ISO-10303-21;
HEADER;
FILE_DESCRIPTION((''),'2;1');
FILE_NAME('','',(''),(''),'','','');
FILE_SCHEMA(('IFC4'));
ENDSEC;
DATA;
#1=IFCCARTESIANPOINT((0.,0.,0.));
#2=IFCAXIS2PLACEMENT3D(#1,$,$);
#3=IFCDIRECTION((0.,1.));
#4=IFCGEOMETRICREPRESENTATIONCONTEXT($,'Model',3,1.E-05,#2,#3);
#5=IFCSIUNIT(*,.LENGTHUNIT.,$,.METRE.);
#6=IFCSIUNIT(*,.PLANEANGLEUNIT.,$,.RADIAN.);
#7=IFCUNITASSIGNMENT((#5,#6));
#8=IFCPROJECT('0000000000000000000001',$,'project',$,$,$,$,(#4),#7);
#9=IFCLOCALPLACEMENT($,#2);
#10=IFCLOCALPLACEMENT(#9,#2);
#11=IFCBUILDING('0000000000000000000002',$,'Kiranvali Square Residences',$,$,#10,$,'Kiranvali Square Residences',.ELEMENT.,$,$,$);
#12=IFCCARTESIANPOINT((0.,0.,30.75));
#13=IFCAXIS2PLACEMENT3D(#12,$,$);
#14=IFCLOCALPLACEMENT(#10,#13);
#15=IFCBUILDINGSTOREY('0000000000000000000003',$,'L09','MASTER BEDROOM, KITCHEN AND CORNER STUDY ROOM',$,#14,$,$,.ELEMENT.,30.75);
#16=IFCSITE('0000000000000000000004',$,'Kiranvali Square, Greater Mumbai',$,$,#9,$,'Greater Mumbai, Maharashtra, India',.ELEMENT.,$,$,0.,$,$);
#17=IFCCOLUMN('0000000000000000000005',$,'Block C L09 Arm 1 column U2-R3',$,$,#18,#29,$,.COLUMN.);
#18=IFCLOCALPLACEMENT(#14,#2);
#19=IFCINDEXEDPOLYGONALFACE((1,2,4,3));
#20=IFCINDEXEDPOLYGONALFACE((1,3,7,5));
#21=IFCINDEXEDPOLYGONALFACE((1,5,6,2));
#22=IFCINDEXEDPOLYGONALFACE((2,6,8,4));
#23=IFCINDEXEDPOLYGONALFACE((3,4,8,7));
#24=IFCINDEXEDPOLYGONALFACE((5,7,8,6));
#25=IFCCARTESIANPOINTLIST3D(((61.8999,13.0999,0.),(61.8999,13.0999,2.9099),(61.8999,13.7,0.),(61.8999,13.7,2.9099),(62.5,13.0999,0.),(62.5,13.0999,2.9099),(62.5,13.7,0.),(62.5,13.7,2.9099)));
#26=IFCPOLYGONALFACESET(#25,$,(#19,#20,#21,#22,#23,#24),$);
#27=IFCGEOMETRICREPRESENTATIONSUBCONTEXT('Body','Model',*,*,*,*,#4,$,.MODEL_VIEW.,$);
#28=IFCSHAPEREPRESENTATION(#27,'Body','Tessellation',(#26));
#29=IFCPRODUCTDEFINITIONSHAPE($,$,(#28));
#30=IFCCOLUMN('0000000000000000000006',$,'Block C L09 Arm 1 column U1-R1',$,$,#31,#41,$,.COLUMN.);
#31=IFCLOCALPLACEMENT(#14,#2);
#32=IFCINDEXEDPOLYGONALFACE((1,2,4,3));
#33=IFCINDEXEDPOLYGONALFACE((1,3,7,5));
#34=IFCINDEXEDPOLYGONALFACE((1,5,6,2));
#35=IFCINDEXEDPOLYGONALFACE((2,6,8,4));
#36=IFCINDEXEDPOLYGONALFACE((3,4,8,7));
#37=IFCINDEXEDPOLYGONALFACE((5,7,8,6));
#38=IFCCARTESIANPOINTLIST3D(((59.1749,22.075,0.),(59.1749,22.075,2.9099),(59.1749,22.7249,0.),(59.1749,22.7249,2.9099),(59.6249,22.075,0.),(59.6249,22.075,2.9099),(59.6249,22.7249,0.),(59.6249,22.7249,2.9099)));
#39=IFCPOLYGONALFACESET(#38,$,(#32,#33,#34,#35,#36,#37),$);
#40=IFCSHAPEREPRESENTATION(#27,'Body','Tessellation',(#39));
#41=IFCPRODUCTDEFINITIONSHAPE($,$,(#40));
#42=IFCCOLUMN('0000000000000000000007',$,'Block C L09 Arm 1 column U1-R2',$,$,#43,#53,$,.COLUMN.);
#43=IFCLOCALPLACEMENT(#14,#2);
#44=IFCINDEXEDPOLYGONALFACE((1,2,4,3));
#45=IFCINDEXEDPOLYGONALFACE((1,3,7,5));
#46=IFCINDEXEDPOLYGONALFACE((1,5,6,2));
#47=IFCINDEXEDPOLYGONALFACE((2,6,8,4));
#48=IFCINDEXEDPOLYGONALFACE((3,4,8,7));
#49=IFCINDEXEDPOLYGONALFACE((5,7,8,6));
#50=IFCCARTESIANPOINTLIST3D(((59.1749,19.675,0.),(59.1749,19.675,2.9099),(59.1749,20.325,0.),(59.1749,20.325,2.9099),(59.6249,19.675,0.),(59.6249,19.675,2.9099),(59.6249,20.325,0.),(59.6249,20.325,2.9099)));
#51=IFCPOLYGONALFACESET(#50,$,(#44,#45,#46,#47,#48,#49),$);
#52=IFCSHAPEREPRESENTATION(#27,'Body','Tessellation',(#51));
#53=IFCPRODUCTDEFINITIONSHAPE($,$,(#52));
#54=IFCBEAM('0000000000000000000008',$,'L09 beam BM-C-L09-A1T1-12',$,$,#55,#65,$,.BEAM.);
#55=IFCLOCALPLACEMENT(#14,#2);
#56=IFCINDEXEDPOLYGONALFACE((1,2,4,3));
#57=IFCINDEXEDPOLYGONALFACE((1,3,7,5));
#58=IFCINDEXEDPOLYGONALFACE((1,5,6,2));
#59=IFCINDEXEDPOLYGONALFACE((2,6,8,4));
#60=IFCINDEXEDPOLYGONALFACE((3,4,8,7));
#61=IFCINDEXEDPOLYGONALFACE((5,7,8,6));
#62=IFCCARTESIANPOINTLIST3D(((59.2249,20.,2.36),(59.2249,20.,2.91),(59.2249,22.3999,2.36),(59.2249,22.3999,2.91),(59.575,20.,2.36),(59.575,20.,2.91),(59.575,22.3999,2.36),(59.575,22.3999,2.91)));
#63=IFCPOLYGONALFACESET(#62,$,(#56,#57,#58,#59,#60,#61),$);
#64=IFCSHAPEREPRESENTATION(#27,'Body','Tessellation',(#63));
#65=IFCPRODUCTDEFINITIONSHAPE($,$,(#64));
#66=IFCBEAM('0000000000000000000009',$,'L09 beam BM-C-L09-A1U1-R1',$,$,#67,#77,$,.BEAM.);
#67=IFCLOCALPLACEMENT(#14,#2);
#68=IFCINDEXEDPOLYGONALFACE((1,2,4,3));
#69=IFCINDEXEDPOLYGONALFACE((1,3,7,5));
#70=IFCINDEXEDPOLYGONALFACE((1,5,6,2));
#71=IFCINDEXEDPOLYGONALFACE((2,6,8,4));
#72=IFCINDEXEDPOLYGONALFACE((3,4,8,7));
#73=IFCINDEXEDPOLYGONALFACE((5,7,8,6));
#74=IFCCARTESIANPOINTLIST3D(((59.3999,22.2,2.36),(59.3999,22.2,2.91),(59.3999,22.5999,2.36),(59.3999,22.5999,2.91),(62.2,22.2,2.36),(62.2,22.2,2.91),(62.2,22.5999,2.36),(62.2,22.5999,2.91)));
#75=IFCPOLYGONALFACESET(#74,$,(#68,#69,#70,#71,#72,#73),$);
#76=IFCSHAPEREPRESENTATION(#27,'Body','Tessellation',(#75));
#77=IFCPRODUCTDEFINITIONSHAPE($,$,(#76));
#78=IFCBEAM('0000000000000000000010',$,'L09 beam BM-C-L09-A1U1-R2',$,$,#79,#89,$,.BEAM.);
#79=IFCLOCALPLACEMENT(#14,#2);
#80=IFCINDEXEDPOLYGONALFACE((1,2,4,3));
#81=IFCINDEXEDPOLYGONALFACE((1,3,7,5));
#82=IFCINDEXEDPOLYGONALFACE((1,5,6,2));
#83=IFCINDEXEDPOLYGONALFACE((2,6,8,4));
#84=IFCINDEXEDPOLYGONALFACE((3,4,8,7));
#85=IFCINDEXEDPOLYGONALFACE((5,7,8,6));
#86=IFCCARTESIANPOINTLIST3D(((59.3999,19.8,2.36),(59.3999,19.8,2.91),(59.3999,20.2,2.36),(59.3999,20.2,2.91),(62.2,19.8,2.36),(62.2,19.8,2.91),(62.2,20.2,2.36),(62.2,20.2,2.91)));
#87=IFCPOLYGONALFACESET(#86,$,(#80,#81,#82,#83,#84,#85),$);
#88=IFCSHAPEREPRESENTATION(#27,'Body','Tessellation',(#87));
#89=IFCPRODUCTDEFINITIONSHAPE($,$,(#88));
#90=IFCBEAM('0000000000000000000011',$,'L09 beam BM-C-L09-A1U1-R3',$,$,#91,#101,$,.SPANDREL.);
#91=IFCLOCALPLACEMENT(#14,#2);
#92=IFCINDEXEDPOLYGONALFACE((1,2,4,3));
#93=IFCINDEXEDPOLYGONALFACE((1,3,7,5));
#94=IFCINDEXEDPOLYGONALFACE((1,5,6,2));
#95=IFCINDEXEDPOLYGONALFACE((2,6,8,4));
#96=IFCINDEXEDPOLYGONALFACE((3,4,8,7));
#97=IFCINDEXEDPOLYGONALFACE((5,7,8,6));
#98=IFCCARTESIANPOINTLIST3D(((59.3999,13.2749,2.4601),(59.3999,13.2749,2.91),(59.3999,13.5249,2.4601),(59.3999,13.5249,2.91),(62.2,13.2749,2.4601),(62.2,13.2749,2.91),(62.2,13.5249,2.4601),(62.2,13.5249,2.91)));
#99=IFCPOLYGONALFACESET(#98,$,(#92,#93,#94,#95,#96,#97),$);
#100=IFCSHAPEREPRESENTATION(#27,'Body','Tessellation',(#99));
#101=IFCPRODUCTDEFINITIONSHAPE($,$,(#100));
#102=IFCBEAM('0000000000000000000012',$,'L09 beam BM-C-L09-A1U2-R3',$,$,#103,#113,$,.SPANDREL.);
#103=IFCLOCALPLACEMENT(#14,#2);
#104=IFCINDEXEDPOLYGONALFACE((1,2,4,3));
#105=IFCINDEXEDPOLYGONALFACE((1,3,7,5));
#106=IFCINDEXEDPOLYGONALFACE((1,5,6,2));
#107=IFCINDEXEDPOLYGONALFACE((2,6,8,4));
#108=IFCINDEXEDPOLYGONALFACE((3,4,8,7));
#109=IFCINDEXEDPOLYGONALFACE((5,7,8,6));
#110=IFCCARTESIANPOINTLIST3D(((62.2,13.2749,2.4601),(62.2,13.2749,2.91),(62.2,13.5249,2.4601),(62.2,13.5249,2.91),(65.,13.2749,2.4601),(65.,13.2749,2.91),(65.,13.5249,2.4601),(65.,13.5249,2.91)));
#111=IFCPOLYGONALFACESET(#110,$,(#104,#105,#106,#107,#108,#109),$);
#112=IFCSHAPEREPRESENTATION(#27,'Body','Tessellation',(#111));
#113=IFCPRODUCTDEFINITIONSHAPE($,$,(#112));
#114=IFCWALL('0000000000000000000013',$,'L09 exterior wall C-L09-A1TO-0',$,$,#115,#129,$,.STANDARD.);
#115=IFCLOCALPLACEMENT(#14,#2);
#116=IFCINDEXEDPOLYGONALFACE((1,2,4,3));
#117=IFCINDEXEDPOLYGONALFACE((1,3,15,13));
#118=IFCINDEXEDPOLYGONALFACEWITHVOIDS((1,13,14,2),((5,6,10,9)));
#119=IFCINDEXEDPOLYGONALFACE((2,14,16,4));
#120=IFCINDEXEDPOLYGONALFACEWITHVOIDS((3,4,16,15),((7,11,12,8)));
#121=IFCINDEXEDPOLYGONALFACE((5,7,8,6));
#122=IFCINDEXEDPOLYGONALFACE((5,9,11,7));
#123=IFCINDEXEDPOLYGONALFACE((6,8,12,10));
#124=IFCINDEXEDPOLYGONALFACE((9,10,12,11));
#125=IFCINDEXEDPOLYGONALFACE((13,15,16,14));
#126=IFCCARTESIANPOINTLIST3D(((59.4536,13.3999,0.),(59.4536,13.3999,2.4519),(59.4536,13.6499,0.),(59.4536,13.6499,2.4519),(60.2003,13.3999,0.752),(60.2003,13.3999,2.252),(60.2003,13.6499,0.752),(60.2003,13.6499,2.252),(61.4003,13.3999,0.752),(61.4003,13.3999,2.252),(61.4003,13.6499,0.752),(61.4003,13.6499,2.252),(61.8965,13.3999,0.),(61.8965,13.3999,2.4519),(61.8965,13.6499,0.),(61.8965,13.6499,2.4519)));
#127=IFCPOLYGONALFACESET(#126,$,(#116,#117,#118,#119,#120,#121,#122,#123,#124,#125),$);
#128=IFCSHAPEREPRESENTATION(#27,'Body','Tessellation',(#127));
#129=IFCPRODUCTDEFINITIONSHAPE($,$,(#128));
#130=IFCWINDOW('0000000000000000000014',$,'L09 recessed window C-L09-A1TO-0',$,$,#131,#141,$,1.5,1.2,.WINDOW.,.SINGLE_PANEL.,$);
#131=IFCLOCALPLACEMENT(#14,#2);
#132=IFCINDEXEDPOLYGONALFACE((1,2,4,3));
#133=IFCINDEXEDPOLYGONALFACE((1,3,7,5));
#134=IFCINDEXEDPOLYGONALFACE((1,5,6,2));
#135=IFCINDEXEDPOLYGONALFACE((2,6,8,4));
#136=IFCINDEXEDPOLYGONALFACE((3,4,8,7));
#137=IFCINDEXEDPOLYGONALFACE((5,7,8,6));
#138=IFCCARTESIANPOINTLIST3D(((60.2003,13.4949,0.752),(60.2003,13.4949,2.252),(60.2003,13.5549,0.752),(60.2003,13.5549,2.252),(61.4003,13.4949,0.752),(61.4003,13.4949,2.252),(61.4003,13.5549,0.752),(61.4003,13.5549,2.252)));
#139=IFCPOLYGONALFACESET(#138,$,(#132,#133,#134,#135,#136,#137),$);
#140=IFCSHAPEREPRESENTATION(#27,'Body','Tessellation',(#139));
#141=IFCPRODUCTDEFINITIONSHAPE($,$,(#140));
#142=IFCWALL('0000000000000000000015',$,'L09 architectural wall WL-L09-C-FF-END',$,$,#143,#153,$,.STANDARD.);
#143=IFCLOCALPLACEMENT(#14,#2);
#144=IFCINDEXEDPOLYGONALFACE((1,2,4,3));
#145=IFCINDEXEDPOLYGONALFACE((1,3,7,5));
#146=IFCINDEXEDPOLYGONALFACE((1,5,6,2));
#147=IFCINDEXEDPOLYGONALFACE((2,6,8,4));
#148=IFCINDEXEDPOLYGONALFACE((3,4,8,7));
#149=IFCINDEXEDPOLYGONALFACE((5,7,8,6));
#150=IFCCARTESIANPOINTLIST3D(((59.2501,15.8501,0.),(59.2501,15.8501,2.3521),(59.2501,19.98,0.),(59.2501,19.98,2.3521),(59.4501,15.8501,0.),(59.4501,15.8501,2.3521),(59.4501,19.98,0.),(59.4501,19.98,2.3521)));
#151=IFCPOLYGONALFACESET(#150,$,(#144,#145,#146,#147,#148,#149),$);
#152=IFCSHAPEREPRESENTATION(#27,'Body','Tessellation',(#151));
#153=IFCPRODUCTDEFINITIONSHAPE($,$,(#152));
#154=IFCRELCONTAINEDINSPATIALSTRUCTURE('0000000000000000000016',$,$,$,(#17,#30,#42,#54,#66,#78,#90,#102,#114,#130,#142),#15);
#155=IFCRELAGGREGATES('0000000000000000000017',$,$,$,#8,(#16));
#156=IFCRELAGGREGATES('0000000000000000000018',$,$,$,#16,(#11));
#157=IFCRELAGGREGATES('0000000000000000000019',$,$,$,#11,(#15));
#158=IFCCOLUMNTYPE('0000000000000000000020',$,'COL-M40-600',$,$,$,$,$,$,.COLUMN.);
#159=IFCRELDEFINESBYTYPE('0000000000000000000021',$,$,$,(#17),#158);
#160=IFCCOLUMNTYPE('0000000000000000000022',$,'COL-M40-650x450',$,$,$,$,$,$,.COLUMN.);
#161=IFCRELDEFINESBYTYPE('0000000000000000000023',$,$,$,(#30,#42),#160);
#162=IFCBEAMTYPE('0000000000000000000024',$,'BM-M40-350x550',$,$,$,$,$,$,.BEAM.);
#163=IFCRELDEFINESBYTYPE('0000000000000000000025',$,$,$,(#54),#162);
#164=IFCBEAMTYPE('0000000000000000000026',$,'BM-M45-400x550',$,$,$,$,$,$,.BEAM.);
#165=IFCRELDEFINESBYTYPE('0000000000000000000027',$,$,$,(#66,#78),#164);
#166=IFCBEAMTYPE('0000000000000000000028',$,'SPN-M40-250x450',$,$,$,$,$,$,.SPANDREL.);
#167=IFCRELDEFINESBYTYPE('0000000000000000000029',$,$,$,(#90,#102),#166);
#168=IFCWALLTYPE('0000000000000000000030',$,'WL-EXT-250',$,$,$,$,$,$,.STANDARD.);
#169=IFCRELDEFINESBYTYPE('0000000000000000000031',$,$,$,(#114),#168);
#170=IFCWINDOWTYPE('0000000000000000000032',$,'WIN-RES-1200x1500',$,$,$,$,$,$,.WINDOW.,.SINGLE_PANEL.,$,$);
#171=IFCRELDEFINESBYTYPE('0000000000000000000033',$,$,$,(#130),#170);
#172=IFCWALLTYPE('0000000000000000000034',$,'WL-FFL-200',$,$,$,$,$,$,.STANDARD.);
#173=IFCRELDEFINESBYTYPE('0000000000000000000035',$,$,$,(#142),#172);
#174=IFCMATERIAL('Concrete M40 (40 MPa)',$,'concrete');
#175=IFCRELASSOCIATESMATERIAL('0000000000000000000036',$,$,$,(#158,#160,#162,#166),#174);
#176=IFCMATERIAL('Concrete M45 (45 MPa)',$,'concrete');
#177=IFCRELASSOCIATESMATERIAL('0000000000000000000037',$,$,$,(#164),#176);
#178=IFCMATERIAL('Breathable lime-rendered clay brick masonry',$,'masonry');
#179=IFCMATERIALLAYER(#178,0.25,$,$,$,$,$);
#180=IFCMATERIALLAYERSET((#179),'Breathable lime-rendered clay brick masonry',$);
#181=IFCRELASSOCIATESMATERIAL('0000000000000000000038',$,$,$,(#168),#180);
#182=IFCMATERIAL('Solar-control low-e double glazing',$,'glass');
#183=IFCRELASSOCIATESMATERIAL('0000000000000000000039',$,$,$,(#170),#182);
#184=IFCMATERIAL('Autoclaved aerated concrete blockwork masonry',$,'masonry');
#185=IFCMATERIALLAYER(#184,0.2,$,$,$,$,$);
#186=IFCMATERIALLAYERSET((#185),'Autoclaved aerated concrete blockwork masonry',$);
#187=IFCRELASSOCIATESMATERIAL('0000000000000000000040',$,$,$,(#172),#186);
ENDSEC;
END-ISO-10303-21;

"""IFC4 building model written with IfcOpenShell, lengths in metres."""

from ifc_helpers import new_model, si_unit, direction, frame, frame_2d, origin, origin_2d, place, context, subcontext, project, spatial, rectangle, extrude, material, layer, layer_set, material_profile, profile_set, type_object, element, fill, save


model = new_model("IFC4")

# Units and contexts
model_context = context("Model", 3, precision=1e-05, world=origin(), true_north=direction((0.0, 1.0)))
body_context = subcontext(model_context, "Body", "Model", "MODEL_VIEW")
ifc_project = project(units=[si_unit("LENGTHUNIT", "METRE"), si_unit("PLANEANGLEUNIT", "RADIAN")], contexts=[model_context])

# Site, building, storey
site_placement = place(None, origin())
site = spatial("IfcSite", under=ifc_project, at=site_placement, Name="Kiranvali Square, Greater Mumbai", LongName="Greater Mumbai, Maharashtra, India", CompositionType="ELEMENT", RefElevation=0.0)
building_placement = place(site_placement, origin())
building = spatial("IfcBuilding", under=site, at=building_placement, Name="Kiranvali Square Residences", LongName="Kiranvali Square Residences", CompositionType="ELEMENT")
storey_placement = place(building_placement, frame((0.0, 0.0, 30.75)))
storey = spatial("IfcBuildingStorey", under=building, at=storey_placement, Name="L09", Description="MASTER BEDROOM, KITCHEN AND CORNER STUDY ROOM", CompositionType="ELEMENT", Elevation=30.75)

# Columns
ifc_material_1 = material(Name="Concrete M40 (40 MPa)", Category="concrete")
ifc_material_profile_1 = material_profile(ifc_material_1, rectangle(XDim=0.6001, YDim=0.6001, at=origin_2d()), Name="RC 600x600")
ifc_profile_set_1 = profile_set([ifc_material_profile_1], Name="Concrete M40 (40 MPa)")
column_type_1 = type_object("IfcColumnType", Name="COL-M40-600", PredefinedType="COLUMN", material=ifc_profile_set_1)
column_placement = place(storey_placement, frame((62.2, 13.3999, 0.0), z_axis=(0.0, 0.0, 1.0), x_axis=(1.0, 0.0, 0.0)))
element("IfcColumn", 1, at=column_placement, inside=storey, type_object=column_type_1, Name="Block C L09 Arm 1 column U2-R3", PredefinedType="COLUMN", context=body_context, shape_type="SweptSolid", body=[
    extrude(rectangle(XDim=0.6001, YDim=0.6001, at=origin_2d()), origin(), (0.0, 0.0, 1.0), 2.9099),
])
ifc_material_profile_2 = material_profile(ifc_material_1, rectangle(XDim=0.45, YDim=0.6499, at=origin_2d()), Name="RC 650x450")
ifc_profile_set_2 = profile_set([ifc_material_profile_2], Name="Concrete M40 (40 MPa)")
column_type_2 = type_object("IfcColumnType", Name="COL-M40-650x450", PredefinedType="COLUMN", material=ifc_profile_set_2)
for number, where, z_axis, x_axis, name in (
    (2, (59.3999, 22.3999, 0.0), (0.0, 0.0, 1.0), (1.0, 0.0, 0.0), "Block C L09 Arm 1 column U1-R1"),
    (3, (59.3999, 20.0, 0.0), (0.0, 0.0, 1.0), (1.0, 0.0, 0.0), "Block C L09 Arm 1 column U1-R2"),
):
    element("IfcColumn", number, at=place(storey_placement, frame(where, z_axis=z_axis, x_axis=x_axis)), inside=storey, type_object=column_type_2, Name=name, PredefinedType="COLUMN", context=body_context, shape_type="SweptSolid", body=[
        extrude(rectangle(XDim=0.45, YDim=0.6499, at=origin_2d()), origin(), (0.0, 0.0, 1.0), 2.9099),
    ])

# Beams
ifc_material_profile_3 = material_profile(ifc_material_1, rectangle(XDim=0.3501, YDim=0.55, at=origin_2d()), Name="RC 350x550")
ifc_profile_set_3 = profile_set([ifc_material_profile_3], Name="Concrete M40 (40 MPa)")
beam_type_1 = type_object("IfcBeamType", Name="BM-M40-350x550", PredefinedType="BEAM", material=ifc_profile_set_3)
beam_placement = place(storey_placement, frame((59.3999, 22.3999, 2.635), z_axis=(0.0, -1.0, 0.0), x_axis=(1.0, 0.0, 0.0)))
element("IfcBeam", 4, at=beam_placement, inside=storey, type_object=beam_type_1, Name="L09 beam BM-C-L09-A1T1-12", PredefinedType="BEAM", context=body_context, shape_type="SweptSolid", body=[
    extrude(rectangle(XDim=0.3501, YDim=0.55, at=origin_2d()), origin(), (0.0, 0.0, 1.0), 2.3999),
])
ifc_material_2 = material(Name="Concrete M45 (45 MPa)", Category="concrete")
ifc_material_profile_4 = material_profile(ifc_material_2, rectangle(XDim=0.3999, YDim=0.55, at=origin_2d()), Name="RC 400x550")
ifc_profile_set_4 = profile_set([ifc_material_profile_4], Name="Concrete M45 (45 MPa)")
beam_type_2 = type_object("IfcBeamType", Name="BM-M45-400x550", PredefinedType="BEAM", material=ifc_profile_set_4)
for number, where, z_axis, x_axis, name in (
    (5, (59.3999, 22.3999, 2.635), (1.0, 0.0, 0.0), (0.0, 1.0, 0.0), "L09 beam BM-C-L09-A1U1-R1"),
    (6, (59.3999, 20.0, 2.635), (1.0, 0.0, 0.0), (0.0, 1.0, 0.0), "L09 beam BM-C-L09-A1U1-R2"),
):
    element("IfcBeam", number, at=place(storey_placement, frame(where, z_axis=z_axis, x_axis=x_axis)), inside=storey, type_object=beam_type_2, Name=name, PredefinedType="BEAM", context=body_context, shape_type="SweptSolid", body=[
        extrude(rectangle(XDim=0.3999, YDim=0.55, at=origin_2d()), origin(), (0.0, 0.0, 1.0), 2.8),
    ])
ifc_material_profile_5 = material_profile(ifc_material_1, rectangle(XDim=0.25, YDim=0.45, at=origin_2d()), Name="RC 250x450")
ifc_profile_set_5 = profile_set([ifc_material_profile_5], Name="Concrete M40 (40 MPa)")
beam_type_3 = type_object("IfcBeamType", Name="SPN-M40-250x450", PredefinedType="SPANDREL", material=ifc_profile_set_5)
for number, where, z_axis, x_axis, name in (
    (7, (59.3999, 13.3999, 2.6851), (1.0, 0.0, 0.0), (0.0, 1.0, 0.0), "L09 beam BM-C-L09-A1U1-R3"),
    (8, (62.2, 13.3999, 2.6851), (1.0, 0.0, 0.0), (0.0, 1.0, 0.0), "L09 beam BM-C-L09-A1U2-R3"),
):
    element("IfcBeam", number, at=place(storey_placement, frame(where, z_axis=z_axis, x_axis=x_axis)), inside=storey, type_object=beam_type_3, Name=name, PredefinedType="SPANDREL", context=body_context, shape_type="SweptSolid", body=[
        extrude(rectangle(XDim=0.25, YDim=0.45, at=origin_2d()), origin(), (0.0, 0.0, 1.0), 2.8),
    ])

# Shared definitions
ifc_material_3 = material(Name="Autoclaved aerated concrete blockwork masonry", Category="masonry")

# Wall, opening, window
ifc_material_4 = material(Name="Breathable lime-rendered clay brick masonry", Category="masonry")
ifc_layer_1 = layer(ifc_material_4, 0.25)
ifc_layer_set_1 = layer_set([ifc_layer_1], Name="Breathable lime-rendered clay brick masonry")
wall_type_1 = type_object("IfcWallType", Name="WL-EXT-250", PredefinedType="STANDARD", material=ifc_layer_set_1)
wall_1_placement = place(storey_placement, frame((59.4536, 13.5249, 0.0), z_axis=(0.0, 0.0, 1.0), x_axis=(1.0, 0.0, 0.0)))
wall_1 = element("IfcWall", 9, at=wall_1_placement, inside=storey, type_object=wall_type_1, Name="L09 exterior wall C-L09-A1TO-0", PredefinedType="STANDARD", context=body_context, shape_type="SweptSolid", body=[
    extrude(rectangle(XDim=2.4429, YDim=0.25, at=frame_2d((1.2214, 0.0))), origin(), (0.0, 0.0, 1.0), 2.4519),
])
opening_1_placement = place(wall_1_placement, frame((0.7466, 0.0, 0.752)))
opening_1 = element("IfcOpeningElement", 10, at=opening_1_placement, cuts=wall_1, PredefinedType="OPENING", context=body_context, shape_type="SweptSolid", body=[
    extrude(rectangle(XDim=1.2, YDim=1.5, at=frame_2d((0.6001, 0.75))), frame((0.0, 0.135, 0.0), z_axis=(0.0, -1.0, 0.0), x_axis=(1.0, 0.0, 0.0)), (0.0, 0.0, 1.0), 0.27),
])
ifc_material_5 = material(Name="Solar-control low-e double glazing", Category="glass")
window_type = type_object("IfcWindowType", Name="WIN-RES-1200x1500", PartitioningType="SINGLE_PANEL", PredefinedType="WINDOW", material=ifc_material_5)
window_placement = place(opening_1_placement, origin())
window = element("IfcWindow", 11, at=window_placement, inside=storey, type_object=window_type, Name="L09 recessed window C-L09-A1TO-0", OverallHeight=1.5, OverallWidth=1.2, PartitioningType="SINGLE_PANEL", PredefinedType="WINDOW", context=body_context, shape_type="SweptSolid", body=[
    extrude(rectangle(XDim=1.2, YDim=1.5, at=frame_2d((0.6001, 0.75))), frame((0.0, 0.03, 0.0), z_axis=(0.0, -1.0, 0.0), x_axis=(1.0, 0.0, 0.0)), (0.0, 0.0, 1.0), 0.0601),
])
fill(opening_1, window)

# Wall
ifc_layer_2 = layer(ifc_material_3, 0.2)
ifc_layer_set_2 = layer_set([ifc_layer_2], Name="Autoclaved aerated concrete blockwork masonry")
wall_type_2 = type_object("IfcWallType", Name="WL-FFL-200", PredefinedType="STANDARD", material=ifc_layer_set_2)
wall_2_placement = place(storey_placement, frame((59.3501, 19.98, 0.0), z_axis=(0.0, 0.0, 1.0), x_axis=(0.0, -1.0, 0.0)))
element("IfcWall", 12, at=wall_2_placement, inside=storey, type_object=wall_type_2, Name="L09 architectural wall WL-L09-C-FF-END", PredefinedType="STANDARD", context=body_context, shape_type="SweptSolid", body=[
    extrude(rectangle(XDim=4.1299, YDim=0.2, at=frame_2d((2.0649, 0.0))), origin(), (0.0, 0.0, 1.0), 2.3521),
])

save(model, "model.ifc")
